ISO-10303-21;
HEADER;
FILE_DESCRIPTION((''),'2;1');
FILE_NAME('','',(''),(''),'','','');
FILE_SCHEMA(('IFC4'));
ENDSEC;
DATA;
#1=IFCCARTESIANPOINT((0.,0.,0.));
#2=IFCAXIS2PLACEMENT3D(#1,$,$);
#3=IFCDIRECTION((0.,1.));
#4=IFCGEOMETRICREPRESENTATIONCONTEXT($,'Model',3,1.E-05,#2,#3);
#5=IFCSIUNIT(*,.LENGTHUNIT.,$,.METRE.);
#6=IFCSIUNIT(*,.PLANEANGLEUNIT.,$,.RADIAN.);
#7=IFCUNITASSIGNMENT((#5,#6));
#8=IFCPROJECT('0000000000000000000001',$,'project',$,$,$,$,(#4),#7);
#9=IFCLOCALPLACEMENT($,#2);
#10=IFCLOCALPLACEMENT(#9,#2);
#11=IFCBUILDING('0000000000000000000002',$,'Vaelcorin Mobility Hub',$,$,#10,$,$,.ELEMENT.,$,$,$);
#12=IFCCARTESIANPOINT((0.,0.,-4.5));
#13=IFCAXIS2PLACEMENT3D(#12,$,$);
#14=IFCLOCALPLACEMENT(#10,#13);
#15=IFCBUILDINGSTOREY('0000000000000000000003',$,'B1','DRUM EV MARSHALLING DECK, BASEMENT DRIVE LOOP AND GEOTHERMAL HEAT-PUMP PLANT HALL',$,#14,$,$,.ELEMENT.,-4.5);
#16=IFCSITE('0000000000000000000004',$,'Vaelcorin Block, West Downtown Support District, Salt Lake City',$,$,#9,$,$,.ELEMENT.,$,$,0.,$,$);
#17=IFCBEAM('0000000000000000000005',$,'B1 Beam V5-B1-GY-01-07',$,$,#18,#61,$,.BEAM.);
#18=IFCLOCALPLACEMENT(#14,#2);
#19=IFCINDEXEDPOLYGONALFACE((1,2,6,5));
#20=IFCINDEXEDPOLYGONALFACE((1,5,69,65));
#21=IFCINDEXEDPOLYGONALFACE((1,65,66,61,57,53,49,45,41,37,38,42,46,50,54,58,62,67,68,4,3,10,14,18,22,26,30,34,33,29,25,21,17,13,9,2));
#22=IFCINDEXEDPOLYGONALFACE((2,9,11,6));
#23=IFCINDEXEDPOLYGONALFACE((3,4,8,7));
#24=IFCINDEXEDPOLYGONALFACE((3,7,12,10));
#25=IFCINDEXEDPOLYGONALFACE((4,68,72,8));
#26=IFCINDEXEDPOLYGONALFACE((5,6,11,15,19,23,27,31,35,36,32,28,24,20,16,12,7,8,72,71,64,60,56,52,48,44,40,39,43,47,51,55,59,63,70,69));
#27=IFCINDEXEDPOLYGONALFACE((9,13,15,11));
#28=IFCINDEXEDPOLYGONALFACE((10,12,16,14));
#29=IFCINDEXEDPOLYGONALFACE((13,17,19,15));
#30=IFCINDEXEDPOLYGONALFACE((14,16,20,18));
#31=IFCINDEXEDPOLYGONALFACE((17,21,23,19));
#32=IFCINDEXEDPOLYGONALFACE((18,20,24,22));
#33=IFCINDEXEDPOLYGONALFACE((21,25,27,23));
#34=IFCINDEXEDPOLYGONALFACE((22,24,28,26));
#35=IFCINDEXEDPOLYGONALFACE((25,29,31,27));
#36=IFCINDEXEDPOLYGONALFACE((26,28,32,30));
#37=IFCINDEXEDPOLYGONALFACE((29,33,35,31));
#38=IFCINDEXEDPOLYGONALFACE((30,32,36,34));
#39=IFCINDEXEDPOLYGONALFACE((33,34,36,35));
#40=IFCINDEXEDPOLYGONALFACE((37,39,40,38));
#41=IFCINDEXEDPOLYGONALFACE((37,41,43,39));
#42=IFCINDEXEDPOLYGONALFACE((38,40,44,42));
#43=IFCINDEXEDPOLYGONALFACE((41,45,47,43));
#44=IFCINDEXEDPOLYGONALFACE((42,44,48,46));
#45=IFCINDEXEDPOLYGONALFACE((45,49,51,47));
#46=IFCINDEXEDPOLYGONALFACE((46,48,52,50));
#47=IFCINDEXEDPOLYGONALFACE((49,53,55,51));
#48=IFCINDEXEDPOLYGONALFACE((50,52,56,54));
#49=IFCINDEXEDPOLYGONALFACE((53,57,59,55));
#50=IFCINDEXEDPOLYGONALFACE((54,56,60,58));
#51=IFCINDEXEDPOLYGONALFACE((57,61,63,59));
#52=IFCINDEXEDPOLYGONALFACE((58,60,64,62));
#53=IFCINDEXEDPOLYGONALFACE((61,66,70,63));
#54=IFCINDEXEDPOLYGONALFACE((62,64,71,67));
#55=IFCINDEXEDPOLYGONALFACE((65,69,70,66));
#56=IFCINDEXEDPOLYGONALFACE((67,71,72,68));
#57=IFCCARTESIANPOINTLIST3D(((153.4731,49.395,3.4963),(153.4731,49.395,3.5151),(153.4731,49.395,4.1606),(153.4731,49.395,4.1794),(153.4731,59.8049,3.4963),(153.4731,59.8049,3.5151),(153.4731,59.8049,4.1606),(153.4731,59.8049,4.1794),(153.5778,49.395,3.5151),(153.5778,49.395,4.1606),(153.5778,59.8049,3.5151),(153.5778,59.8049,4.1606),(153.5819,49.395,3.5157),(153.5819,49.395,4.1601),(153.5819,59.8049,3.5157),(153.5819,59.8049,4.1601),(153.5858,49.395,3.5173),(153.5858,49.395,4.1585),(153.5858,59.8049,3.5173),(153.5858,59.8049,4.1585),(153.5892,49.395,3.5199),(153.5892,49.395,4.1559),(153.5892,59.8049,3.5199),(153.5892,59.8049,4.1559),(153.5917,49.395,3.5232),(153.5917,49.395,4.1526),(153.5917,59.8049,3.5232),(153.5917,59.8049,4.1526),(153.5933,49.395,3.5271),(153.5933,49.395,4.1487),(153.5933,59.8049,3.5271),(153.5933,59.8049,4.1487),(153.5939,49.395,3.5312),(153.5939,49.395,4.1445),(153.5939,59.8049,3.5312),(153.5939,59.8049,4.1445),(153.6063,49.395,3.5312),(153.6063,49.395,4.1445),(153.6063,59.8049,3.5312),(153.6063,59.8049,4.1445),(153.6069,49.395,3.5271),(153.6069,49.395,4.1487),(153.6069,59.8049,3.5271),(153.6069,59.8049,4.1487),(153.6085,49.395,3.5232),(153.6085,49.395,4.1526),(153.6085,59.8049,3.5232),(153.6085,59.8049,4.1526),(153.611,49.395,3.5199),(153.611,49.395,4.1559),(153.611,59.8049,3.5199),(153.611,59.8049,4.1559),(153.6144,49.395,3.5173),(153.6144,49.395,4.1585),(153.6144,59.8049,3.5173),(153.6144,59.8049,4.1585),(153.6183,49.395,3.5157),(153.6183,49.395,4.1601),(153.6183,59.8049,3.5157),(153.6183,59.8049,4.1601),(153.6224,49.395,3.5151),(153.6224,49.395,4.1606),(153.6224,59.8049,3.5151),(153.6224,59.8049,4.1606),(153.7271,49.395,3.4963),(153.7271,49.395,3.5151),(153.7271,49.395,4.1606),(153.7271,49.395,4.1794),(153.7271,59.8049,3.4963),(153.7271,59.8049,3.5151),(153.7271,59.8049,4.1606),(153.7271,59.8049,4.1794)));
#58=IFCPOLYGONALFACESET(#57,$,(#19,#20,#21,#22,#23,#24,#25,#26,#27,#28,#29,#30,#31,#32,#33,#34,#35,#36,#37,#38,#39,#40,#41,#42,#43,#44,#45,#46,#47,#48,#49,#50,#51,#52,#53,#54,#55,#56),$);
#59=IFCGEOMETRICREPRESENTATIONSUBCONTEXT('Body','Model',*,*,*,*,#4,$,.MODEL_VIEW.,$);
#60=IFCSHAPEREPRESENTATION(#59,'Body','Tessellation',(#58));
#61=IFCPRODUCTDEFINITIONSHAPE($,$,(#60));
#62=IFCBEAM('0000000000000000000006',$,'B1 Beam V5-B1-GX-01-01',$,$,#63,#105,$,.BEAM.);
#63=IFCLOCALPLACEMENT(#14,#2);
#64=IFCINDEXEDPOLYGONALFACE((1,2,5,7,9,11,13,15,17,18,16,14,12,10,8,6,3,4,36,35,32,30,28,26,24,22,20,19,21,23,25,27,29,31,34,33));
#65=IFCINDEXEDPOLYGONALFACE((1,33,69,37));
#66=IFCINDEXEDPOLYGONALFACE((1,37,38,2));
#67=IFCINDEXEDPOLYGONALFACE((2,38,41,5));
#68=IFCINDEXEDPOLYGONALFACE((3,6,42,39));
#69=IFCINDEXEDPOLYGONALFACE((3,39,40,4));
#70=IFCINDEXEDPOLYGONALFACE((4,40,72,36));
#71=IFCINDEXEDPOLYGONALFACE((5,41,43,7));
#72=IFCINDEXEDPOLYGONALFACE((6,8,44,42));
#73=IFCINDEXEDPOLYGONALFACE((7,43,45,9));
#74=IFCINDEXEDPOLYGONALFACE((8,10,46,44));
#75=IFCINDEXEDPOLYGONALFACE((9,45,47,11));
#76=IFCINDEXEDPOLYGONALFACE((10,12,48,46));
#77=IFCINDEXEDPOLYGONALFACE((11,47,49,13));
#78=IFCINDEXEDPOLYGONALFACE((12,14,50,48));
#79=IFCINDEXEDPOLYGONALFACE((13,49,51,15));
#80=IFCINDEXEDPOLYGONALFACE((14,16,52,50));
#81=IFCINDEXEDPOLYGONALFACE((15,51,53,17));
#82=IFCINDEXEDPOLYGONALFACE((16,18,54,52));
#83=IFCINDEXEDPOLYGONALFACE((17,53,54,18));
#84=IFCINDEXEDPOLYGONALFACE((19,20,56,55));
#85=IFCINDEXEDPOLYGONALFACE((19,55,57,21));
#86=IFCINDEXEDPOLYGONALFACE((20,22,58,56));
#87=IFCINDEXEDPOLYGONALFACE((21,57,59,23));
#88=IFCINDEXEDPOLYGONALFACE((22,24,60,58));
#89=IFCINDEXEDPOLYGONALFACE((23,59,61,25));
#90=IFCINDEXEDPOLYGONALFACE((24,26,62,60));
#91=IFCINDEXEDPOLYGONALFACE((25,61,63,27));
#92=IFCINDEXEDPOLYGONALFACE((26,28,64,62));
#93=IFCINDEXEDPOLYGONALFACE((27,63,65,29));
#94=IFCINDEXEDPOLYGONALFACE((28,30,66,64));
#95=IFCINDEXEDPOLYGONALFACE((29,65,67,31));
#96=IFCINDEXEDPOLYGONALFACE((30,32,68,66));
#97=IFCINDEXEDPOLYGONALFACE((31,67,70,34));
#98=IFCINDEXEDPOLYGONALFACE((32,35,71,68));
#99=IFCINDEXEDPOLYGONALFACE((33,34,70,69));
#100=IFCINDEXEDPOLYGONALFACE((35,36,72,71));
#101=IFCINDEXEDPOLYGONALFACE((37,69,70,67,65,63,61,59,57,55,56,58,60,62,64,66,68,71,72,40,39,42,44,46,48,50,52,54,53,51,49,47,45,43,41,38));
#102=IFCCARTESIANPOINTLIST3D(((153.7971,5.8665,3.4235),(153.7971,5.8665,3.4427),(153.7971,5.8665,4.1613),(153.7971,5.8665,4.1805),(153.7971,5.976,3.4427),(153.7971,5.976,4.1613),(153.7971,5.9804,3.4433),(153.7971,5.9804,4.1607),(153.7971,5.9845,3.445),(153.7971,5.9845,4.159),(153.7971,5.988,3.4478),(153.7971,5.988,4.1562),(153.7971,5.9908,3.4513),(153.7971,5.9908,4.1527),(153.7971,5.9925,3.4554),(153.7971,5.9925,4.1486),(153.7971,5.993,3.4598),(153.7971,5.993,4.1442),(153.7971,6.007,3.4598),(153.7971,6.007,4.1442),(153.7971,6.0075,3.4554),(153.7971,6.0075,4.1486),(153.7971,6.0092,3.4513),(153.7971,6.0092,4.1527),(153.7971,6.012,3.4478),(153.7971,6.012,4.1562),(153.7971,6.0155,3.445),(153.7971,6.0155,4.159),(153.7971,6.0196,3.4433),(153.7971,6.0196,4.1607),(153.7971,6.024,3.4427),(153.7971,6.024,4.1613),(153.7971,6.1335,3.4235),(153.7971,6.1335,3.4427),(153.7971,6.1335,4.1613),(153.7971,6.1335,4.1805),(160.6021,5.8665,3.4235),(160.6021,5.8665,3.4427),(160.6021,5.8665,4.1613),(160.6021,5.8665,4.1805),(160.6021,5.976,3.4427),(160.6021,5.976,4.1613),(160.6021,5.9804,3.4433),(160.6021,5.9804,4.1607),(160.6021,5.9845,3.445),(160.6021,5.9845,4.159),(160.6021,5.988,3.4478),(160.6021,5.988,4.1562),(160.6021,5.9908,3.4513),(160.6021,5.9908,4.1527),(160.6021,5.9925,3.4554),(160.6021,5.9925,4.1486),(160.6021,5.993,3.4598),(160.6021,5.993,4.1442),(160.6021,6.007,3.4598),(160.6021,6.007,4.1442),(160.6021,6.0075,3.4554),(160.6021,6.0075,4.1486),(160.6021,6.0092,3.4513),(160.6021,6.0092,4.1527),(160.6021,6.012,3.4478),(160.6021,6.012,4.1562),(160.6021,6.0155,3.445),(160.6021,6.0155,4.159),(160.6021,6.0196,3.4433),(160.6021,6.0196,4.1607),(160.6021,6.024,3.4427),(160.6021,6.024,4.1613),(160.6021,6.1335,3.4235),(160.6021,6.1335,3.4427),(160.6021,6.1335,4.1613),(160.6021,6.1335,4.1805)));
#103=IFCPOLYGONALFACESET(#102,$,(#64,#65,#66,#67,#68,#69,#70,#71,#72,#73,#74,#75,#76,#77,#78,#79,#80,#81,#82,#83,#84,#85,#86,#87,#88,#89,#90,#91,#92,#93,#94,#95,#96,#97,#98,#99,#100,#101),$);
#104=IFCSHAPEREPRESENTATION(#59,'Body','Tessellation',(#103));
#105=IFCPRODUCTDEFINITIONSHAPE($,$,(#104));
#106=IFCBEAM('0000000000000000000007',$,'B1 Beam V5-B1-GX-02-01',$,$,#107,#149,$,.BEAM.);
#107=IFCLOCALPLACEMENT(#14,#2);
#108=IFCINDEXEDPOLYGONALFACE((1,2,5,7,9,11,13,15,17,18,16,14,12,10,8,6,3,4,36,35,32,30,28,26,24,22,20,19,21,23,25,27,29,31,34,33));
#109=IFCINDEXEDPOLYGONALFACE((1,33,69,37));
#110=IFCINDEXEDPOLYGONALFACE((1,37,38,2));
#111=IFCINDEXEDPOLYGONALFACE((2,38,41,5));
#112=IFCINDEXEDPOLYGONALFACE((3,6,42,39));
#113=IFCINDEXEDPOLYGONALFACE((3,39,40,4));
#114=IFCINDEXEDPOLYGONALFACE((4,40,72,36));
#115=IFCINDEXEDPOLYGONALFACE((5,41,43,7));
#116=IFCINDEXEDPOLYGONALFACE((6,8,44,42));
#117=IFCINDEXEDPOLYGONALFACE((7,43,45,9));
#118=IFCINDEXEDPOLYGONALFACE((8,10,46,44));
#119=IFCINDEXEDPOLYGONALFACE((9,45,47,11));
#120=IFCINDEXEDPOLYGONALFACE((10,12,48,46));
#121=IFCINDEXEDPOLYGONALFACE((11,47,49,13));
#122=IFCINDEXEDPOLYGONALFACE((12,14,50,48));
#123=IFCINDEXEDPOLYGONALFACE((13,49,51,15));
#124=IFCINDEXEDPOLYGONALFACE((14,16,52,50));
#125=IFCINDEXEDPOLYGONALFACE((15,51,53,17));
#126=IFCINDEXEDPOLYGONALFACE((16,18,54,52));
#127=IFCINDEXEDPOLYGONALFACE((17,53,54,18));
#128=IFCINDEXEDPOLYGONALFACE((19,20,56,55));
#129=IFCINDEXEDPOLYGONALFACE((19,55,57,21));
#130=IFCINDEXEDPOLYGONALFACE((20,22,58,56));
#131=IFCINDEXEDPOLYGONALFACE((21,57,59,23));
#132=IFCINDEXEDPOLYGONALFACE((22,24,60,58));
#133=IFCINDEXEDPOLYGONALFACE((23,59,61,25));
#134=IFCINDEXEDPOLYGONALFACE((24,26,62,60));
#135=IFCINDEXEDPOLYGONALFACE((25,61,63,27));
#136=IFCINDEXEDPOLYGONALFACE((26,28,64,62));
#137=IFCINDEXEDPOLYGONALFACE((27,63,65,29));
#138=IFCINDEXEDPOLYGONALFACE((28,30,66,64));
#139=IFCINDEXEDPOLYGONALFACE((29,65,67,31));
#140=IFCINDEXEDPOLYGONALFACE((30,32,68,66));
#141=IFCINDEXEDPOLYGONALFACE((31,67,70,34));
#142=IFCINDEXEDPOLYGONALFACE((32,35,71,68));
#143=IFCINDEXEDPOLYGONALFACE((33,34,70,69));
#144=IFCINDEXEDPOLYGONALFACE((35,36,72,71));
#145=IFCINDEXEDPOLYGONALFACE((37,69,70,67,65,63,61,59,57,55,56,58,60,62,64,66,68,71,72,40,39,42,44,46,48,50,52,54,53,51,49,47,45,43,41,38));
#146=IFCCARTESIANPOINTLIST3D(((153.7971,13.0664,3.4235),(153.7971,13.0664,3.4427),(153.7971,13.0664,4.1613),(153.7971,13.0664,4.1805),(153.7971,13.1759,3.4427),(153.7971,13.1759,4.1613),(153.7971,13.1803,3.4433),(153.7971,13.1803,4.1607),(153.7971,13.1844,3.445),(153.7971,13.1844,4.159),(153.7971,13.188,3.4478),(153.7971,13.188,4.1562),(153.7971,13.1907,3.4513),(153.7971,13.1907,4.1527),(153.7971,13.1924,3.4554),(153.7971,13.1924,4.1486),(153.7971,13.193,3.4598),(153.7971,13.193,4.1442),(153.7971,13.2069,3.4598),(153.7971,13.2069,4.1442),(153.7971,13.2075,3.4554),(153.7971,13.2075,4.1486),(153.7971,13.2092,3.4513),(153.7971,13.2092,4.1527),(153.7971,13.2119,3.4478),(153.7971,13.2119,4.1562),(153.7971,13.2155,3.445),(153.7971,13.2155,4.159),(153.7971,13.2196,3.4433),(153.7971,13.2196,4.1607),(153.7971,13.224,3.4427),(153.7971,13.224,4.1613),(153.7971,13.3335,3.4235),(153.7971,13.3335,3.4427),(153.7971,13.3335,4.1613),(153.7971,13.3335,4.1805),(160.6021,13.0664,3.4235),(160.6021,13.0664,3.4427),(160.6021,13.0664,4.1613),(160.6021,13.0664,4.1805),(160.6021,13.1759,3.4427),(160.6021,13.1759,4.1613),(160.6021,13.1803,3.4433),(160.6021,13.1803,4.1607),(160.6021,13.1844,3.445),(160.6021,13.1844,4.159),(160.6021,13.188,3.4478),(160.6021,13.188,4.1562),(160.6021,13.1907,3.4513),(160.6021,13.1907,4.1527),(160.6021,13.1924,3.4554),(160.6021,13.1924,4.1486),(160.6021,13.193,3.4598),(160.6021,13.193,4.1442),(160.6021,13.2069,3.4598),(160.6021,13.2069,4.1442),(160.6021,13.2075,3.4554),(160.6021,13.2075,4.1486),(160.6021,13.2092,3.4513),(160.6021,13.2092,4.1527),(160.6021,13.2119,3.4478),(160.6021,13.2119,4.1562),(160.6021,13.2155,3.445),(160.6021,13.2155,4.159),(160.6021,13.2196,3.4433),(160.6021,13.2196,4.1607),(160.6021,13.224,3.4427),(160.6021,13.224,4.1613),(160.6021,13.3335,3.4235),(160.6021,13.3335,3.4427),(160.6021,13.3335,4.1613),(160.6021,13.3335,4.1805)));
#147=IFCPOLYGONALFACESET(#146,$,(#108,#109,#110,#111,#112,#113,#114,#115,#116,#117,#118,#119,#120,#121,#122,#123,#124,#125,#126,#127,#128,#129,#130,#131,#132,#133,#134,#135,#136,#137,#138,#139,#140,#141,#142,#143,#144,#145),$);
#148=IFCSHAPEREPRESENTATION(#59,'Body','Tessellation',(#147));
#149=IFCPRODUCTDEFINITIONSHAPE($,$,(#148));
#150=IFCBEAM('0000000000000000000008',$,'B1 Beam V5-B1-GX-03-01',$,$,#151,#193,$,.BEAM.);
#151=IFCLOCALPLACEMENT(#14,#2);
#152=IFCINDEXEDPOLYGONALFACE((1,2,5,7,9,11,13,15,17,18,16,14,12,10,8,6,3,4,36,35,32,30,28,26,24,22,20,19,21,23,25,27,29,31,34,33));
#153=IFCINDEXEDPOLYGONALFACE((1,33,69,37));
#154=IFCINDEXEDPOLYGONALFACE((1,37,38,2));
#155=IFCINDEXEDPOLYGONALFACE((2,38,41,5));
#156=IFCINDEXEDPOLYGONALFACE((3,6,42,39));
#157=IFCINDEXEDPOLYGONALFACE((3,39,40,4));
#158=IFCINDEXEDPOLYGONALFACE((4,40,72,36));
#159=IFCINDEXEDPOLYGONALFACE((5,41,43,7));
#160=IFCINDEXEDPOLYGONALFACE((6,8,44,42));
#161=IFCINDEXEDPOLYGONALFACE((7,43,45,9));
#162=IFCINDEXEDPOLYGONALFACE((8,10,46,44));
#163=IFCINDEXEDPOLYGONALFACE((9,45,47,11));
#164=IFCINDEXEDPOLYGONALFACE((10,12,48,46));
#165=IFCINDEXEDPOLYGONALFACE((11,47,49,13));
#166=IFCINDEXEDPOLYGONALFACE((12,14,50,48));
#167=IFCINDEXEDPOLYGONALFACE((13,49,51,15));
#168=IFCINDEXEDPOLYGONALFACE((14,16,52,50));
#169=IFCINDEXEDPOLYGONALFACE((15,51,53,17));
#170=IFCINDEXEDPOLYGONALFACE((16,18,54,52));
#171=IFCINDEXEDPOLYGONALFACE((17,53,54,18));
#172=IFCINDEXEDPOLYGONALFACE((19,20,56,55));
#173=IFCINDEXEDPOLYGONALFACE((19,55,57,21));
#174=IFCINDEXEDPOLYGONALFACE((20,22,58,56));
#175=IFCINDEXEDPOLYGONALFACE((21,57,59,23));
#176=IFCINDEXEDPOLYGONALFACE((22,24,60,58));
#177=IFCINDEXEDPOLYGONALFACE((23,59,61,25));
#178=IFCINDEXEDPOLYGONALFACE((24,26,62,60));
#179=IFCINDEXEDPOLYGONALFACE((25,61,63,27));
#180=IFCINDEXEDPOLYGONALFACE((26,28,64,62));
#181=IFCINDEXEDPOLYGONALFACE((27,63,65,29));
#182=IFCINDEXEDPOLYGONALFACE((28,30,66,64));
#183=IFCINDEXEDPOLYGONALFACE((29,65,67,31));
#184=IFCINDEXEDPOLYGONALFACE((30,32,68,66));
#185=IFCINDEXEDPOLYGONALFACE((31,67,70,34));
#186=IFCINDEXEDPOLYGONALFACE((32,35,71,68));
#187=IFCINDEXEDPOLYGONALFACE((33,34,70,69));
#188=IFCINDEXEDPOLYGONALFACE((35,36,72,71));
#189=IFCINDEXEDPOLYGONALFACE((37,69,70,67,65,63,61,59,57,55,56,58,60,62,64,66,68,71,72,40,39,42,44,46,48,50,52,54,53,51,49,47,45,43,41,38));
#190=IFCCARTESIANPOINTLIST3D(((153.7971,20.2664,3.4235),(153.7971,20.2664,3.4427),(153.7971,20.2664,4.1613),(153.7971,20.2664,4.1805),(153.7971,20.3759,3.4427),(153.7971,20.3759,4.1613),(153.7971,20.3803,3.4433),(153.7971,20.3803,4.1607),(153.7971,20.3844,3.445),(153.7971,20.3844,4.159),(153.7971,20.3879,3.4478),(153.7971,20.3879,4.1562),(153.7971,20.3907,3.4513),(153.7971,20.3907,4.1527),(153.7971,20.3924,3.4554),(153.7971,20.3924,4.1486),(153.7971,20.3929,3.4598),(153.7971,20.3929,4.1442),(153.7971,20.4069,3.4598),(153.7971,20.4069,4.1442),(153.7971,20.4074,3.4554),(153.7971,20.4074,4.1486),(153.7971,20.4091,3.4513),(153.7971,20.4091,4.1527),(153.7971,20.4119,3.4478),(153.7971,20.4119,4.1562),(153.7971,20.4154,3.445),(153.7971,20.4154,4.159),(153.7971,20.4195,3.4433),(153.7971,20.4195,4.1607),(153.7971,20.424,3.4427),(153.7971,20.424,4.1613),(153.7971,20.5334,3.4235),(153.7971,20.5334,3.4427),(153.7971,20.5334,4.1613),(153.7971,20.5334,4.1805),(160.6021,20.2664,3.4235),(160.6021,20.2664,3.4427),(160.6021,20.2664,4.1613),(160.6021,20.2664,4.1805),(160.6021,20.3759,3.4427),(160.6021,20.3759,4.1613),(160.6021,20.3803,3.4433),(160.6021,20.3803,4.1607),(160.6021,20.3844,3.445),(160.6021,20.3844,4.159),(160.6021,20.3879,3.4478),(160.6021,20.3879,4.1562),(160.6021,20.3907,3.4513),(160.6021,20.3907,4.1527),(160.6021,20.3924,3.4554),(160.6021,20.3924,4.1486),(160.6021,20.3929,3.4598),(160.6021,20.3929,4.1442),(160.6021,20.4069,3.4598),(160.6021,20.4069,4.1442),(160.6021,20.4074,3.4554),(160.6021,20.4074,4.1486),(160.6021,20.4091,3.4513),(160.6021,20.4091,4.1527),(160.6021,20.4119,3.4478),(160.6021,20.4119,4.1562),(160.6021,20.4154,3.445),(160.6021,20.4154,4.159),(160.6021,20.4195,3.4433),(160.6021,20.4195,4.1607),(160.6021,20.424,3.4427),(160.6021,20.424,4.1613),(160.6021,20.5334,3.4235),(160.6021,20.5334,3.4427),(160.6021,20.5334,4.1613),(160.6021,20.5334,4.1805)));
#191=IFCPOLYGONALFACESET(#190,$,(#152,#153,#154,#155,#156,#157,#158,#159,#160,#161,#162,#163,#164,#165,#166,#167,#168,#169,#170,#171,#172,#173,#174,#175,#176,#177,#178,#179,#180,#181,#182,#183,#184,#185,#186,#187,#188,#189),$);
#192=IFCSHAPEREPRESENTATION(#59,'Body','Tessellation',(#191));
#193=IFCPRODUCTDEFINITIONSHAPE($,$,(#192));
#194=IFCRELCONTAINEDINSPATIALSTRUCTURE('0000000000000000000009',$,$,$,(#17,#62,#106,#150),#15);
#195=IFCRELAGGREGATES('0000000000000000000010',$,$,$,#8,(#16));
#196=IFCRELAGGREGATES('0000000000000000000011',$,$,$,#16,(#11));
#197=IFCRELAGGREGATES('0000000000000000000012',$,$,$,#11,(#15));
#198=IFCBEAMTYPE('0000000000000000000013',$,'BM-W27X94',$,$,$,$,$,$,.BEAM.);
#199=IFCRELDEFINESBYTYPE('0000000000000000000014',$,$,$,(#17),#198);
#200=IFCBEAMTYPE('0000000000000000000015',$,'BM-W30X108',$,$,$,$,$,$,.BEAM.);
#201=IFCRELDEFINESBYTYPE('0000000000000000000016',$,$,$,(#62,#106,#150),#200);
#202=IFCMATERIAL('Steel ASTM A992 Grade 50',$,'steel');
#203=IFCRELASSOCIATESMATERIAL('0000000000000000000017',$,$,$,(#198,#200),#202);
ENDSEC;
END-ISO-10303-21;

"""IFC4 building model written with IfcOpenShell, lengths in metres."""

from ifc_helpers import new_model, si_unit, direction, frame, origin, origin_2d, place, context, subcontext, project, spatial, i_section, extrude, material, material_profile, profile_set, type_object, element, save


model = new_model("IFC4")

# Units and contexts
model_context = context("Model", 3, precision=1e-05, world=origin(), true_north=direction((0.0, 1.0)))
body_context = subcontext(model_context, "Body", "Model", "MODEL_VIEW")
ifc_project = project(units=[si_unit("LENGTHUNIT", "METRE"), si_unit("PLANEANGLEUNIT", "RADIAN")], contexts=[model_context])

# Site, building, storey
site_placement = place(None, origin())
site = spatial("IfcSite", under=ifc_project, at=site_placement, Name="Vaelcorin Block, West Downtown Support District, Salt Lake City", CompositionType="ELEMENT", RefElevation=0.0)
building_placement = place(site_placement, origin())
building = spatial("IfcBuilding", under=site, at=building_placement, Name="Vaelcorin Mobility Hub", CompositionType="ELEMENT")
storey_placement = place(building_placement, frame((0.0, 0.0, -4.5)))
storey = spatial("IfcBuildingStorey", under=building, at=storey_placement, Name="B1", Description="DRUM EV MARSHALLING DECK, BASEMENT DRIVE LOOP AND GEOTHERMAL HEAT-PUMP PLANT HALL", CompositionType="ELEMENT", Elevation=-4.5)

# Shared definitions
ifc_material_1 = material(Name="Steel ASTM A992 Grade 50", Category="steel")

# Beams
ifc_material_profile_1 = material_profile(ifc_material_1, i_section(OverallWidth=0.2539, OverallDepth=0.6831, WebThickness=0.0125, FlangeThickness=0.0188, FilletRadius=0.0161, at=origin_2d()), Name="W27X94")
ifc_profile_set_1 = profile_set([ifc_material_profile_1], Name="Steel ASTM A992 Grade 50")
beam_type_1 = type_object("IfcBeamType", Name="BM-W27X94", PredefinedType="BEAM", material=ifc_profile_set_1)
beam_1_placement = place(storey_placement, frame((153.6001, 49.395, 3.8379), z_axis=(0.0, 1.0, 0.0), x_axis=(-1.0, 0.0, 0.0)))
element("IfcBeam", 1, at=beam_1_placement, inside=storey, type_object=beam_type_1, Name="B1 Beam V5-B1-GY-01-07", PredefinedType="BEAM", context=body_context, shape_type="SweptSolid", body=[
    extrude(i_section(OverallWidth=0.2539, OverallDepth=0.6831, WebThickness=0.0125, FlangeThickness=0.0188, FilletRadius=0.0161, at=origin_2d()), origin(), (0.0, 0.0, 1.0), 10.4099),
])
ifc_material_profile_2 = material_profile(ifc_material_1, i_section(OverallWidth=0.2671, OverallDepth=0.7571, WebThickness=0.0139, FlangeThickness=0.0193, FilletRadius=0.0171, at=origin_2d()), Name="W30X108")
ifc_profile_set_2 = profile_set([ifc_material_profile_2], Name="Steel ASTM A992 Grade 50")
beam_type_2 = type_object("IfcBeamType", Name="BM-W30X108", PredefinedType="BEAM", material=ifc_profile_set_2)
for number, where, z_axis, x_axis, name in (
    (2, (153.7971, 6.0, 3.802), (1.0, 0.0, 0.0), (0.0, 1.0, 0.0), "B1 Beam V5-B1-GX-01-01"),
    (3, (153.7971, 13.2, 3.802), (1.0, 0.0, 0.0), (0.0, 1.0, 0.0), "B1 Beam V5-B1-GX-02-01"),
    (4, (153.7971, 20.3999, 3.802), (1.0, 0.0, 0.0), (0.0, 1.0, 0.0), "B1 Beam V5-B1-GX-03-01"),
):
    element("IfcBeam", number, at=place(storey_placement, frame(where, z_axis=z_axis, x_axis=x_axis)), inside=storey, type_object=beam_type_2, Name=name, PredefinedType="BEAM", context=body_context, shape_type="SweptSolid", body=[
        extrude(i_section(OverallWidth=0.2671, OverallDepth=0.7571, WebThickness=0.0139, FlangeThickness=0.0193, FilletRadius=0.0171, at=origin_2d()), origin(), (0.0, 0.0, 1.0), 6.8049),
    ])

save(model, "model.ifc")
